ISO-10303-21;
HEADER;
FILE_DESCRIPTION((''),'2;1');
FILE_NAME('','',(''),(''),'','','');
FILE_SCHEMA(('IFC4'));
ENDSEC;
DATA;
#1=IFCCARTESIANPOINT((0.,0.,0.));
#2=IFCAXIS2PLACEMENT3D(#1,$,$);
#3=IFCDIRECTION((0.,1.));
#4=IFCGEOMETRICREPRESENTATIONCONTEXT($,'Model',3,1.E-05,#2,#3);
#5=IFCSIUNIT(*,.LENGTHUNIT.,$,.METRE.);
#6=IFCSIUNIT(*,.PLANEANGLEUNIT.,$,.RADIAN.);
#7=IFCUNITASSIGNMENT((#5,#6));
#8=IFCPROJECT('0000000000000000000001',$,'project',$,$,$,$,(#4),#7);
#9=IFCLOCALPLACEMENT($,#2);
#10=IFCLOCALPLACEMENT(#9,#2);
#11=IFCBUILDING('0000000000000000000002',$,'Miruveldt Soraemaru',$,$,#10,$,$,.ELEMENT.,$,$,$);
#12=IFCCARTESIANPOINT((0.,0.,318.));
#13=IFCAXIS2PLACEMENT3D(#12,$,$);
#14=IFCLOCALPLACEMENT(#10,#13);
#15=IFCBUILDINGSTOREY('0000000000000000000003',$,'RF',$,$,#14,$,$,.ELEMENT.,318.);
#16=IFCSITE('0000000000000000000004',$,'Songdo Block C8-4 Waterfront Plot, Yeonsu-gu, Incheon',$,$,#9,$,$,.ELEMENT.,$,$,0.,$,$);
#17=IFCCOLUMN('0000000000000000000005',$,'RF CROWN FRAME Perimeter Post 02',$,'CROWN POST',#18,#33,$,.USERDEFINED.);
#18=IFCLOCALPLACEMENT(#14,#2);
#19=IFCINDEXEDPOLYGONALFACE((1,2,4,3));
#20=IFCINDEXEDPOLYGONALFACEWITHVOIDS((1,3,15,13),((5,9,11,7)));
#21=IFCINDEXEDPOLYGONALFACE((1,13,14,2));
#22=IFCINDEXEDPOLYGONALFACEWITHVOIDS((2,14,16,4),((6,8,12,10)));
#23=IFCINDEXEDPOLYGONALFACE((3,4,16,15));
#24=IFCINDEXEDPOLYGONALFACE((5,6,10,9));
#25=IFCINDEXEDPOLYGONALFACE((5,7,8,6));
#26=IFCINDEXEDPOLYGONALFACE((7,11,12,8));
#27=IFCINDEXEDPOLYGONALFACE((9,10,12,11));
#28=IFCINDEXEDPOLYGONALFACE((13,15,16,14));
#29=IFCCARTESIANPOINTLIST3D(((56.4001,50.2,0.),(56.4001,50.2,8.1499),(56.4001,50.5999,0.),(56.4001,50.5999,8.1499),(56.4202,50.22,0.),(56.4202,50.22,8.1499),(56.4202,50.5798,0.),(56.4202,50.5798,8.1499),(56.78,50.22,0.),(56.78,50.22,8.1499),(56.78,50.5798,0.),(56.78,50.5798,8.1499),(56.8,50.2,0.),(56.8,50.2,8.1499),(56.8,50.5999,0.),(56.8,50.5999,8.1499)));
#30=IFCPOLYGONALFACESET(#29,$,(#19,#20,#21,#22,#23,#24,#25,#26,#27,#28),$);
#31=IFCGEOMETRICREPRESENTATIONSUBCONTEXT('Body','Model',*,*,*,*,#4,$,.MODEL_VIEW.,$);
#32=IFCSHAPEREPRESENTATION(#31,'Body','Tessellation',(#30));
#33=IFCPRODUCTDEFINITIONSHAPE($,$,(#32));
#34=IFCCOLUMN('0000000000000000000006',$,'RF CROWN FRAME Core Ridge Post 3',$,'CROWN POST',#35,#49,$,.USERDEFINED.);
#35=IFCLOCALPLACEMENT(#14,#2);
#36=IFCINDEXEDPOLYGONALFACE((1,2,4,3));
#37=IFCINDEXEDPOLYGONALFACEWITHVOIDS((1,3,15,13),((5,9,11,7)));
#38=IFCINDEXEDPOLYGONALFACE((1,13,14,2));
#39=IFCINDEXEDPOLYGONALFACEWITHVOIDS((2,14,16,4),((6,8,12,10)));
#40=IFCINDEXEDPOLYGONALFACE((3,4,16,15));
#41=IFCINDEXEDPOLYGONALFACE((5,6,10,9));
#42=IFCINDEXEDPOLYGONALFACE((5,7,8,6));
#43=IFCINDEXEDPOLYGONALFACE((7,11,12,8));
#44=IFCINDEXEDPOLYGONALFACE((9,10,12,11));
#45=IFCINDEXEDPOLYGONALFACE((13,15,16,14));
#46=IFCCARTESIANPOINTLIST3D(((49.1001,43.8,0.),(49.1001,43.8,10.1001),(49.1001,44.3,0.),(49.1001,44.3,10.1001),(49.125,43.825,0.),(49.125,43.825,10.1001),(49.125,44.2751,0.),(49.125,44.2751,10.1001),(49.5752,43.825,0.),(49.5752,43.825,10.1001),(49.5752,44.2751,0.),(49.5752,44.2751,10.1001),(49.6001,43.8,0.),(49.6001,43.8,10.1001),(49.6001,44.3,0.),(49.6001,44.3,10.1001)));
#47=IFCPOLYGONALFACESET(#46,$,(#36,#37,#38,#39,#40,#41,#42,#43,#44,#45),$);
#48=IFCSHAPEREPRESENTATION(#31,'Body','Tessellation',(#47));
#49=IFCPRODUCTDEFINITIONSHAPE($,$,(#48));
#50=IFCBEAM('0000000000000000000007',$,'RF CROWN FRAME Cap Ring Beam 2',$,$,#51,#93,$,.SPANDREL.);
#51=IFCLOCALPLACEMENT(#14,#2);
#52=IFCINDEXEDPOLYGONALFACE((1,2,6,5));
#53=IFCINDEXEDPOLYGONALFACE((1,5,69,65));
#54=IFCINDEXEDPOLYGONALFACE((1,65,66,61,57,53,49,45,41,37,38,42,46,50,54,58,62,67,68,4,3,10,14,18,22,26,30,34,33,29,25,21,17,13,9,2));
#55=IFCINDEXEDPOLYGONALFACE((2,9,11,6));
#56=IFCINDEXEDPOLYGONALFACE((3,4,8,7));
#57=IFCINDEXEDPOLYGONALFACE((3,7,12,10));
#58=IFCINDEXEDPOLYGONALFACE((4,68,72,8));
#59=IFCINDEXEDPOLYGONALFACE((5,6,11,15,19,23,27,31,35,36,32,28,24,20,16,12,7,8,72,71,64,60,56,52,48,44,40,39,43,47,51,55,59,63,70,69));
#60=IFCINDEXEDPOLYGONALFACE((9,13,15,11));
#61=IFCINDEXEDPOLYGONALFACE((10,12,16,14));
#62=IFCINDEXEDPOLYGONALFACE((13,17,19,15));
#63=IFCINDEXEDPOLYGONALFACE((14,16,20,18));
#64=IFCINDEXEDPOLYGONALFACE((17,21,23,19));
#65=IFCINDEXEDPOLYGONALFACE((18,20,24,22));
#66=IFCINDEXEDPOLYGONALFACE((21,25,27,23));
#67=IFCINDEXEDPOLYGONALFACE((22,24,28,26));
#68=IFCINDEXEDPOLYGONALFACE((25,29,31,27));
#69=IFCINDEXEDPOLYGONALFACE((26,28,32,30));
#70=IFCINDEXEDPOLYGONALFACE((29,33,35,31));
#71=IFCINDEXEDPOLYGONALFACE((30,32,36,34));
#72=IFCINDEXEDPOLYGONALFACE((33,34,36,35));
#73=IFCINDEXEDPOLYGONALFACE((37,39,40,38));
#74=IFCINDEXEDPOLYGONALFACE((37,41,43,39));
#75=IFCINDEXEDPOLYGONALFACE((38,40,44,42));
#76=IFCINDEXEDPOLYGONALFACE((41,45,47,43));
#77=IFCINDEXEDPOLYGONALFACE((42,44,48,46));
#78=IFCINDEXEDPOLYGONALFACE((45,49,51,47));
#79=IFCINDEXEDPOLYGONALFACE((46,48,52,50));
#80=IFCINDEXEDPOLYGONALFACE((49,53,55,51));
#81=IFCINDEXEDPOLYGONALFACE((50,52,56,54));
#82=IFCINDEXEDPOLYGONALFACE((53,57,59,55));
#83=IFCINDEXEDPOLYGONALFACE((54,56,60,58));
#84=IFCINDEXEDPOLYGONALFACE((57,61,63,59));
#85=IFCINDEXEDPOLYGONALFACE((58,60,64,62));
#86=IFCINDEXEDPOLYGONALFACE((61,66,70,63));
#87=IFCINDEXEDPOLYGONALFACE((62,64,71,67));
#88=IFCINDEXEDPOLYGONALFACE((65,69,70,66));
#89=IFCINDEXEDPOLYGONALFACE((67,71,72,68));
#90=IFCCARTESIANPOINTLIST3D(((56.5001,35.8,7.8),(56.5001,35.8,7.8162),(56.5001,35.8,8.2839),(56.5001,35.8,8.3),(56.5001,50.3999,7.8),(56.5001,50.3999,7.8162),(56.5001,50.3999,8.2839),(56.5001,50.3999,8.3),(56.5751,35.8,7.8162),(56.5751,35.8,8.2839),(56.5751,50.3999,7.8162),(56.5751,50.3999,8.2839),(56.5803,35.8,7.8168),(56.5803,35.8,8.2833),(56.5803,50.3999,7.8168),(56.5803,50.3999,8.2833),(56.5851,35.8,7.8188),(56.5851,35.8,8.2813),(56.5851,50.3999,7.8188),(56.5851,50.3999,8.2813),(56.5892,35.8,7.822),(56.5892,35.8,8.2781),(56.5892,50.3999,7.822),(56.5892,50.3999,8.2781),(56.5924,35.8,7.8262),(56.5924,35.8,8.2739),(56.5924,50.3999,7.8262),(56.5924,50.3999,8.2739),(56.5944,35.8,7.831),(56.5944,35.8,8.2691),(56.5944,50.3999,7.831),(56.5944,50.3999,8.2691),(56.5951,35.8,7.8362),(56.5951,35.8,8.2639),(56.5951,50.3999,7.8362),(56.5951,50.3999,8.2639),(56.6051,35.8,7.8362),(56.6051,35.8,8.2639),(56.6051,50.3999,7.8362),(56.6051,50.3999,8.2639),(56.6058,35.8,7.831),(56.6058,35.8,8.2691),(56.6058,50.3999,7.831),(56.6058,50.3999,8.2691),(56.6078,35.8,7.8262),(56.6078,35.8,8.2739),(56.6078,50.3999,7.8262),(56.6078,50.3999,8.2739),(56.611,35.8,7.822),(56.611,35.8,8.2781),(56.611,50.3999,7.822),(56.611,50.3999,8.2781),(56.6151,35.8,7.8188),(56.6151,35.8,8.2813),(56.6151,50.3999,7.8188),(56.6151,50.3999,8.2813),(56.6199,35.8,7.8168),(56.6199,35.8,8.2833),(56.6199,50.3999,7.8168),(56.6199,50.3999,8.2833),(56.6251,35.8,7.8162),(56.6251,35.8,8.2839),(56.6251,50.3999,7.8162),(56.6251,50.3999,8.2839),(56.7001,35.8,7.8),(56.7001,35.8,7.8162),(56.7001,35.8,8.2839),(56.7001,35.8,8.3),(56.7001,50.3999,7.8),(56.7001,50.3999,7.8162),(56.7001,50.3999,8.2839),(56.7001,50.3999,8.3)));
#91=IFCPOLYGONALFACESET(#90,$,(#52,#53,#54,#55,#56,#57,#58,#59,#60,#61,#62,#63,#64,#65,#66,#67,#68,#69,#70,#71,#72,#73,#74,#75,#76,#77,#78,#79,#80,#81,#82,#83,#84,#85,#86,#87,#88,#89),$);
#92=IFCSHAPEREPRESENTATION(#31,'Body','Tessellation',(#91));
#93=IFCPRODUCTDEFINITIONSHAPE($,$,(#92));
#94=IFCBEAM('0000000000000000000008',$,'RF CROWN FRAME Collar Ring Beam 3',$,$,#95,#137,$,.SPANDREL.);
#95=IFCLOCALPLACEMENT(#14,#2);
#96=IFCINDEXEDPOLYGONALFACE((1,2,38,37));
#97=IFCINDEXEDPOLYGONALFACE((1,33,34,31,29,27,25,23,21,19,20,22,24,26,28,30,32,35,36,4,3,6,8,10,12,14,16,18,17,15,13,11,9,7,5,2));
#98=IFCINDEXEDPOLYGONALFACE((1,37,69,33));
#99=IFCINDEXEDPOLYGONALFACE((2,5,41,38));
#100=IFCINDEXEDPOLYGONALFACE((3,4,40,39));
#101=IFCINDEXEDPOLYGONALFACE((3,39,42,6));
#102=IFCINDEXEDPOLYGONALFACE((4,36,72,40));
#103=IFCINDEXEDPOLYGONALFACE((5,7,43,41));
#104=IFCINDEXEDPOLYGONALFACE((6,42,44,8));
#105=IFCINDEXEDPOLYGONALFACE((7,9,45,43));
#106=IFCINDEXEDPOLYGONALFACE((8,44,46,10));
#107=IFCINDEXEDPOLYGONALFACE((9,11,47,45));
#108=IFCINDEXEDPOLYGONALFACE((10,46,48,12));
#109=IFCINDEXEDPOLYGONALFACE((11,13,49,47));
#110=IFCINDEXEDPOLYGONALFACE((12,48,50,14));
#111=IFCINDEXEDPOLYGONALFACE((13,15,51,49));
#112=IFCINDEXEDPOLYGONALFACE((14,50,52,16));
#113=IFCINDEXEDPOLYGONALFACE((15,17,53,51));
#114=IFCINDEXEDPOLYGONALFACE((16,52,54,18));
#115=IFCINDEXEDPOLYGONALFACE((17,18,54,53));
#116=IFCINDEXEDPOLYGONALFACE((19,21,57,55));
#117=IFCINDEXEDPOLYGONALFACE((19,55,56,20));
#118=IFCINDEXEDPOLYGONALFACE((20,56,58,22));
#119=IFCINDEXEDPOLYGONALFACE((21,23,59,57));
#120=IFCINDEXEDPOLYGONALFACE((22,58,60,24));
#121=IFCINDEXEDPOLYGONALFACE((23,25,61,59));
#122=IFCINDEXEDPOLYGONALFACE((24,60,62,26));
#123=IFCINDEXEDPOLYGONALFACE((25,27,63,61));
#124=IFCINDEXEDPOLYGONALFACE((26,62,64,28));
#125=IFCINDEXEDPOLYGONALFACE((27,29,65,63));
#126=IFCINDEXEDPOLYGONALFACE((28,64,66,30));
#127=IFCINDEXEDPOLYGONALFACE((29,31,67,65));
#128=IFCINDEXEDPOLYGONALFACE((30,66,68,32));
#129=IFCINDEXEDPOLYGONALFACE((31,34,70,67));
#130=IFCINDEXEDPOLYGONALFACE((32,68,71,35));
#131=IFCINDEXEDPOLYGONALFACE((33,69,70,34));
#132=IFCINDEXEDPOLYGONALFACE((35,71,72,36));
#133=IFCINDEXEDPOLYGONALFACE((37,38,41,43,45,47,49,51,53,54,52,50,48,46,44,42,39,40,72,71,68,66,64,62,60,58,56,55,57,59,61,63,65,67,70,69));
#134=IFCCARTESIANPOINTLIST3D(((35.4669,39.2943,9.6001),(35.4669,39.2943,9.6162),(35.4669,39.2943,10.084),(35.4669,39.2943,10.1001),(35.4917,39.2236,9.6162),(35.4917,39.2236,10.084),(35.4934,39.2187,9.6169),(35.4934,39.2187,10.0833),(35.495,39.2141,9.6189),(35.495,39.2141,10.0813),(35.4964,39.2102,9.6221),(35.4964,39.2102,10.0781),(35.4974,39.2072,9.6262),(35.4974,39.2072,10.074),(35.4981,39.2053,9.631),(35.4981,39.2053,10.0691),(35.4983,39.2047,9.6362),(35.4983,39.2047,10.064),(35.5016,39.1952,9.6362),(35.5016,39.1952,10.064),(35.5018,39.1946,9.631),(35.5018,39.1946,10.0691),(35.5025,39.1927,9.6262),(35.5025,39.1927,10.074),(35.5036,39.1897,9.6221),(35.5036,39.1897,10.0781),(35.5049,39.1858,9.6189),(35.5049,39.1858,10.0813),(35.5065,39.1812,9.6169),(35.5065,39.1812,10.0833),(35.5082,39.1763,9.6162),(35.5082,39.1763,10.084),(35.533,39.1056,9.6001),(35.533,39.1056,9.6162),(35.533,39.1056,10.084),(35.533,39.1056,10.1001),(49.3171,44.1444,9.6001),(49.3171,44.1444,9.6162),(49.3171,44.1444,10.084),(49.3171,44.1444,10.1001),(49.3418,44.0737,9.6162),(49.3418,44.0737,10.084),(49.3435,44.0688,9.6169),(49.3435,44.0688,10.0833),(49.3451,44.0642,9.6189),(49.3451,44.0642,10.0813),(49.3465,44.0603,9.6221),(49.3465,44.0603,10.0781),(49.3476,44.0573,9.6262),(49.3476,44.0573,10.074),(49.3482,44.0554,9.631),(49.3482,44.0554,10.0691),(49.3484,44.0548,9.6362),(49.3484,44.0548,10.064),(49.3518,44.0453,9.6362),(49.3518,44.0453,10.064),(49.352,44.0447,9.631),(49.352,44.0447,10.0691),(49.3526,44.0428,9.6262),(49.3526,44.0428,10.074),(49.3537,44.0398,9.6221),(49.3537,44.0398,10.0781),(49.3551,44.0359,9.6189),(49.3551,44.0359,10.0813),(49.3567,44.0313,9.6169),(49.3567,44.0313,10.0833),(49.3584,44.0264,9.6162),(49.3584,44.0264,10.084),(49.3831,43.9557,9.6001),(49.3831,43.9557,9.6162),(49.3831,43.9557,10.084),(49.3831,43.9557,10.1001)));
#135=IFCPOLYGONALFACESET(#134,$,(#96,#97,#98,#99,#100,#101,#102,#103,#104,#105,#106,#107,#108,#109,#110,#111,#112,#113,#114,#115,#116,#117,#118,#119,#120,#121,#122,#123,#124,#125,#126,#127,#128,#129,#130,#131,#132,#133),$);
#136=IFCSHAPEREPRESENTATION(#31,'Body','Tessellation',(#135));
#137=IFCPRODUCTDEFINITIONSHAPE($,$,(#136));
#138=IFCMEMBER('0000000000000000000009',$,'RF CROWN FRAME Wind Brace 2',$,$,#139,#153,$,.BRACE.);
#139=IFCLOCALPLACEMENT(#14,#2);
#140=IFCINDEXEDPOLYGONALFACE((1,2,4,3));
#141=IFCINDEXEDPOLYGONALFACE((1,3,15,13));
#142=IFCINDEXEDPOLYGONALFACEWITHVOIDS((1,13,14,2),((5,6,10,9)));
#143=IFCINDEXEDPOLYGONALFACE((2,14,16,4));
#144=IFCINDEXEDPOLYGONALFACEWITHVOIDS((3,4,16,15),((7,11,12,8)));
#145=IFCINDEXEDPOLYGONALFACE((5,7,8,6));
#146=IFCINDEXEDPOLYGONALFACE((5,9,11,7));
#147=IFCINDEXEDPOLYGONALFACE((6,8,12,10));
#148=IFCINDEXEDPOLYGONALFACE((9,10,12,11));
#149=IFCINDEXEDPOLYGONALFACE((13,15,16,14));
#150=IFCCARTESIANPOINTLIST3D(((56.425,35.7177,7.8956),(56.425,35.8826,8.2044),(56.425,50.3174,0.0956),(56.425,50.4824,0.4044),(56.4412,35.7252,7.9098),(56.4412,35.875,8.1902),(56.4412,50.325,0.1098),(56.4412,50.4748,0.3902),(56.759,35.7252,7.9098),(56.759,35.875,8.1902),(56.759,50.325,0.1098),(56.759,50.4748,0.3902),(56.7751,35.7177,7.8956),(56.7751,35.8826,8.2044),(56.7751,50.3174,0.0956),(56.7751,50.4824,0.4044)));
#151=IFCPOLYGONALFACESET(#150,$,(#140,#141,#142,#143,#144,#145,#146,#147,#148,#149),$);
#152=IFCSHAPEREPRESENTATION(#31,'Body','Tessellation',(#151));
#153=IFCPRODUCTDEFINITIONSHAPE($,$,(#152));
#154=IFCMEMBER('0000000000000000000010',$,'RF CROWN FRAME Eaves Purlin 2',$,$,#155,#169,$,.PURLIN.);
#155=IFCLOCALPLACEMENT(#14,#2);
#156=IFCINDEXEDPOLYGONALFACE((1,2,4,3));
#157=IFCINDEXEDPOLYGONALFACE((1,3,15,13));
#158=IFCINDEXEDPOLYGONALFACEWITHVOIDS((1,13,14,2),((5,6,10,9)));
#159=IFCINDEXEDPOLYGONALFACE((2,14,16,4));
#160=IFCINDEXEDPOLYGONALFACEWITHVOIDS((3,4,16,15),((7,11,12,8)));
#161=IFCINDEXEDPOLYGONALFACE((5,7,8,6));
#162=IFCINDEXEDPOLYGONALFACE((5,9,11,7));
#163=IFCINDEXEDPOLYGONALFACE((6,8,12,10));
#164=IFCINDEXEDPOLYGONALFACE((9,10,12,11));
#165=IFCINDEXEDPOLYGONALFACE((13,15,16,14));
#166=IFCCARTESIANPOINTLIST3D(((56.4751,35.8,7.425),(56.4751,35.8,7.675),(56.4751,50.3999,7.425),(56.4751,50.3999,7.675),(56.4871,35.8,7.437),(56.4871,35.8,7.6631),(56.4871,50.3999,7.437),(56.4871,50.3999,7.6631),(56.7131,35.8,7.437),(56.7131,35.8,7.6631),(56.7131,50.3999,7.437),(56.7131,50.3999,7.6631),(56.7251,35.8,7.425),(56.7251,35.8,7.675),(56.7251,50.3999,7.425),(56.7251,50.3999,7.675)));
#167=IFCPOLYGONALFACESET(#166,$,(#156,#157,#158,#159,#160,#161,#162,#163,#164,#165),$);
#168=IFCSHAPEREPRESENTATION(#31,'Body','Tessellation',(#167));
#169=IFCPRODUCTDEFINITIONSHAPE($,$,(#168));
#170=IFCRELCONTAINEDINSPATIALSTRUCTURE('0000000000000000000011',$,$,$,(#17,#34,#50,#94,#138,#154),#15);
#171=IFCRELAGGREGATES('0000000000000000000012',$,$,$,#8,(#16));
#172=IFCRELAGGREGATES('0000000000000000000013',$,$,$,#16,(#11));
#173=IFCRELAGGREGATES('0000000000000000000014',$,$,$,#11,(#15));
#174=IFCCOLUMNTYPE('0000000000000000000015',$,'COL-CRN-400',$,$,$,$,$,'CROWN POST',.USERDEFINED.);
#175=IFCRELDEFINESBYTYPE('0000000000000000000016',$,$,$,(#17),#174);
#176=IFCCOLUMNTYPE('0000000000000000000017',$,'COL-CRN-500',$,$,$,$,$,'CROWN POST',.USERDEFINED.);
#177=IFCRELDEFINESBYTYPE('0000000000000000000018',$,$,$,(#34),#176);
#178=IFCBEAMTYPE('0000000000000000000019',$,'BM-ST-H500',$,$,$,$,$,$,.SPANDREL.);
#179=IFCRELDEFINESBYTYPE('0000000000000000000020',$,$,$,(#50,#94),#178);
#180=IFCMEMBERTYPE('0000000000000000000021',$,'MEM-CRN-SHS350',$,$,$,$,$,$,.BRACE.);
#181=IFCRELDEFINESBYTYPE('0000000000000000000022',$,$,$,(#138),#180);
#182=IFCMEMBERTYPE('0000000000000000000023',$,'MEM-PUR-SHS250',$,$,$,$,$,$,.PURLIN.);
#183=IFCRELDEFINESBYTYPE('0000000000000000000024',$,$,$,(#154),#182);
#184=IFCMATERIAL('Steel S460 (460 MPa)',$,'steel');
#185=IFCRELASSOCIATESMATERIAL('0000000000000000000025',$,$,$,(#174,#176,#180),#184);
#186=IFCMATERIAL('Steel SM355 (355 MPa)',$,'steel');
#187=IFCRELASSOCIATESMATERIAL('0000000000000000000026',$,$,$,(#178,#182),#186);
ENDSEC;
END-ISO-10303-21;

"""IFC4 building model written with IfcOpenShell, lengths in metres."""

from ifc_helpers import new_model, si_unit, direction, frame, origin, origin_2d, place, context, subcontext, project, spatial, hollow_rectangle, i_section, extrude, material, material_profile, profile_set, type_object, element, save


model = new_model("IFC4")

# Units and contexts
model_context = context("Model", 3, precision=1e-05, world=origin(), true_north=direction((0.0, 1.0)))
body_context = subcontext(model_context, "Body", "Model", "MODEL_VIEW")
ifc_project = project(units=[si_unit("LENGTHUNIT", "METRE"), si_unit("PLANEANGLEUNIT", "RADIAN")], contexts=[model_context])

# Site, building, storey
site_placement = place(None, origin())
site = spatial("IfcSite", under=ifc_project, at=site_placement, Name="Songdo Block C8-4 Waterfront Plot, Yeonsu-gu, Incheon", CompositionType="ELEMENT", RefElevation=0.0)
building_placement = place(site_placement, origin())
building = spatial("IfcBuilding", under=site, at=building_placement, Name="Miruveldt Soraemaru", CompositionType="ELEMENT")
storey_placement = place(building_placement, frame((0.0, 0.0, 318.0)))
storey = spatial("IfcBuildingStorey", under=building, at=storey_placement, Name="RF", CompositionType="ELEMENT", Elevation=318.0)

# Columns
ifc_material_1 = material(Name="Steel S460 (460 MPa)", Category="steel")
ifc_material_profile_1 = material_profile(ifc_material_1, hollow_rectangle(XDim=0.3999, YDim=0.3999, WallThickness=0.02, at=origin_2d()), Name="Steel S460 (460 MPa)", Category="steel")
ifc_profile_set_1 = profile_set([ifc_material_profile_1], Name="Steel S460 (460 MPa)")
column_type_1 = type_object("IfcColumnType", Name="COL-CRN-400", ElementType="CROWN POST", PredefinedType="USERDEFINED", material=ifc_profile_set_1)
column_1_placement = place(storey_placement, frame((56.6001, 50.3999, 0.0), z_axis=(0.0, 0.0, 1.0), x_axis=(1.0, 0.0, 0.0)))
element("IfcColumn", 1, at=column_1_placement, inside=storey, type_object=column_type_1, Name="RF CROWN FRAME Perimeter Post 02", ObjectType="CROWN POST", PredefinedType="USERDEFINED", context=body_context, shape_type="SweptSolid", body=[
    extrude(hollow_rectangle(XDim=0.3999, YDim=0.3999, WallThickness=0.02, at=origin_2d()), origin(), (0.0, 0.0, 1.0), 8.1499),
])
ifc_material_profile_2 = material_profile(ifc_material_1, hollow_rectangle(XDim=0.5, YDim=0.5, WallThickness=0.0249, at=origin_2d()), Name="Steel S460 (460 MPa)", Category="steel")
ifc_profile_set_2 = profile_set([ifc_material_profile_2], Name="Steel S460 (460 MPa)")
column_type_2 = type_object("IfcColumnType", Name="COL-CRN-500", ElementType="CROWN POST", PredefinedType="USERDEFINED", material=ifc_profile_set_2)
column_2_placement = place(storey_placement, frame((49.3501, 44.05, 0.0), z_axis=(0.0, 0.0, 1.0), x_axis=(1.0, 0.0, 0.0)))
element("IfcColumn", 2, at=column_2_placement, inside=storey, type_object=column_type_2, Name="RF CROWN FRAME Core Ridge Post 3", ObjectType="CROWN POST", PredefinedType="USERDEFINED", context=body_context, shape_type="SweptSolid", body=[
    extrude(hollow_rectangle(XDim=0.5, YDim=0.5, WallThickness=0.0249, at=origin_2d()), origin(), (0.0, 0.0, 1.0), 10.1001),
])

# Beams
ifc_material_2 = material(Name="Steel SM355 (355 MPa)", Category="steel")
ifc_material_profile_3 = material_profile(ifc_material_2, i_section(OverallWidth=0.2, OverallDepth=0.5, WebThickness=0.01, FlangeThickness=0.0161, FilletRadius=0.02, at=origin_2d()), Name="Steel SM355 (355 MPa)", Category="steel")
ifc_profile_set_3 = profile_set([ifc_material_profile_3], Name="Steel SM355 (355 MPa)")
beam_type = type_object("IfcBeamType", Name="BM-ST-H500", PredefinedType="SPANDREL", material=ifc_profile_set_3)
beam_1_placement = place(storey_placement, frame((56.6001, 50.3999, 8.05), z_axis=(0.0, -1.0, 0.0), x_axis=(1.0, 0.0, 0.0)))
element("IfcBeam", 3, at=beam_1_placement, inside=storey, type_object=beam_type, Name="RF CROWN FRAME Cap Ring Beam 2", PredefinedType="SPANDREL", context=body_context, shape_type="SweptSolid", body=[
    extrude(i_section(OverallWidth=0.2, OverallDepth=0.5, WebThickness=0.01, FlangeThickness=0.0161, FilletRadius=0.02, at=origin_2d()), origin(), (0.0, 0.0, 1.0), 14.5999),
])
beam_2_placement = place(storey_placement, frame((49.3501, 44.05, 9.8501), z_axis=(-0.943804, -0.330506, 0.0), x_axis=(0.330506, -0.943804, 0.0)))
element("IfcBeam", 4, at=beam_2_placement, inside=storey, type_object=beam_type, Name="RF CROWN FRAME Collar Ring Beam 3", PredefinedType="SPANDREL", context=body_context, shape_type="SweptSolid", body=[
    extrude(i_section(OverallWidth=0.2, OverallDepth=0.5, WebThickness=0.01, FlangeThickness=0.0161, FilletRadius=0.02, at=origin_2d()), origin(), (0.0, 0.0, 1.0), 14.6748),
])

# Members
ifc_material_profile_4 = material_profile(ifc_material_1, hollow_rectangle(XDim=0.3501, YDim=0.3501, WallThickness=0.0161, at=origin_2d()), Name="Steel S460 (460 MPa)", Category="steel")
ifc_profile_set_4 = profile_set([ifc_material_profile_4], Name="Steel S460 (460 MPa)")
member_type_1 = type_object("IfcMemberType", Name="MEM-CRN-SHS350", PredefinedType="BRACE", material=ifc_profile_set_4)
member_1_placement = place(storey_placement, frame((56.6001, 50.3999, 0.25), z_axis=(0.0, -0.882015, 0.471221), x_axis=(1.0, 0.0, 0.0)))
element("IfcMember", 5, at=member_1_placement, inside=storey, type_object=member_type_1, Name="RF CROWN FRAME Wind Brace 2", PredefinedType="BRACE", context=body_context, shape_type="SweptSolid", body=[
    extrude(hollow_rectangle(XDim=0.3501, YDim=0.3501, WallThickness=0.0161, at=origin_2d()), origin(), (0.0, 0.0, 1.0), 16.5527),
])
ifc_material_profile_5 = material_profile(ifc_material_2, hollow_rectangle(XDim=0.25, YDim=0.25, WallThickness=0.012, at=origin_2d()), Name="Steel SM355 (355 MPa)", Category="steel")
ifc_profile_set_5 = profile_set([ifc_material_profile_5], Name="Steel SM355 (355 MPa)")
member_type_2 = type_object("IfcMemberType", Name="MEM-PUR-SHS250", PredefinedType="PURLIN", material=ifc_profile_set_5)
member_2_placement = place(storey_placement, frame((56.6001, 50.3999, 7.55), z_axis=(0.0, -1.0, 0.0), x_axis=(1.0, 0.0, 0.0)))
element("IfcMember", 6, at=member_2_placement, inside=storey, type_object=member_type_2, Name="RF CROWN FRAME Eaves Purlin 2", PredefinedType="PURLIN", context=body_context, shape_type="SweptSolid", body=[
    extrude(hollow_rectangle(XDim=0.25, YDim=0.25, WallThickness=0.012, at=origin_2d()), origin(), (0.0, 0.0, 1.0), 14.5999),
])

save(model, "model.ifc")
